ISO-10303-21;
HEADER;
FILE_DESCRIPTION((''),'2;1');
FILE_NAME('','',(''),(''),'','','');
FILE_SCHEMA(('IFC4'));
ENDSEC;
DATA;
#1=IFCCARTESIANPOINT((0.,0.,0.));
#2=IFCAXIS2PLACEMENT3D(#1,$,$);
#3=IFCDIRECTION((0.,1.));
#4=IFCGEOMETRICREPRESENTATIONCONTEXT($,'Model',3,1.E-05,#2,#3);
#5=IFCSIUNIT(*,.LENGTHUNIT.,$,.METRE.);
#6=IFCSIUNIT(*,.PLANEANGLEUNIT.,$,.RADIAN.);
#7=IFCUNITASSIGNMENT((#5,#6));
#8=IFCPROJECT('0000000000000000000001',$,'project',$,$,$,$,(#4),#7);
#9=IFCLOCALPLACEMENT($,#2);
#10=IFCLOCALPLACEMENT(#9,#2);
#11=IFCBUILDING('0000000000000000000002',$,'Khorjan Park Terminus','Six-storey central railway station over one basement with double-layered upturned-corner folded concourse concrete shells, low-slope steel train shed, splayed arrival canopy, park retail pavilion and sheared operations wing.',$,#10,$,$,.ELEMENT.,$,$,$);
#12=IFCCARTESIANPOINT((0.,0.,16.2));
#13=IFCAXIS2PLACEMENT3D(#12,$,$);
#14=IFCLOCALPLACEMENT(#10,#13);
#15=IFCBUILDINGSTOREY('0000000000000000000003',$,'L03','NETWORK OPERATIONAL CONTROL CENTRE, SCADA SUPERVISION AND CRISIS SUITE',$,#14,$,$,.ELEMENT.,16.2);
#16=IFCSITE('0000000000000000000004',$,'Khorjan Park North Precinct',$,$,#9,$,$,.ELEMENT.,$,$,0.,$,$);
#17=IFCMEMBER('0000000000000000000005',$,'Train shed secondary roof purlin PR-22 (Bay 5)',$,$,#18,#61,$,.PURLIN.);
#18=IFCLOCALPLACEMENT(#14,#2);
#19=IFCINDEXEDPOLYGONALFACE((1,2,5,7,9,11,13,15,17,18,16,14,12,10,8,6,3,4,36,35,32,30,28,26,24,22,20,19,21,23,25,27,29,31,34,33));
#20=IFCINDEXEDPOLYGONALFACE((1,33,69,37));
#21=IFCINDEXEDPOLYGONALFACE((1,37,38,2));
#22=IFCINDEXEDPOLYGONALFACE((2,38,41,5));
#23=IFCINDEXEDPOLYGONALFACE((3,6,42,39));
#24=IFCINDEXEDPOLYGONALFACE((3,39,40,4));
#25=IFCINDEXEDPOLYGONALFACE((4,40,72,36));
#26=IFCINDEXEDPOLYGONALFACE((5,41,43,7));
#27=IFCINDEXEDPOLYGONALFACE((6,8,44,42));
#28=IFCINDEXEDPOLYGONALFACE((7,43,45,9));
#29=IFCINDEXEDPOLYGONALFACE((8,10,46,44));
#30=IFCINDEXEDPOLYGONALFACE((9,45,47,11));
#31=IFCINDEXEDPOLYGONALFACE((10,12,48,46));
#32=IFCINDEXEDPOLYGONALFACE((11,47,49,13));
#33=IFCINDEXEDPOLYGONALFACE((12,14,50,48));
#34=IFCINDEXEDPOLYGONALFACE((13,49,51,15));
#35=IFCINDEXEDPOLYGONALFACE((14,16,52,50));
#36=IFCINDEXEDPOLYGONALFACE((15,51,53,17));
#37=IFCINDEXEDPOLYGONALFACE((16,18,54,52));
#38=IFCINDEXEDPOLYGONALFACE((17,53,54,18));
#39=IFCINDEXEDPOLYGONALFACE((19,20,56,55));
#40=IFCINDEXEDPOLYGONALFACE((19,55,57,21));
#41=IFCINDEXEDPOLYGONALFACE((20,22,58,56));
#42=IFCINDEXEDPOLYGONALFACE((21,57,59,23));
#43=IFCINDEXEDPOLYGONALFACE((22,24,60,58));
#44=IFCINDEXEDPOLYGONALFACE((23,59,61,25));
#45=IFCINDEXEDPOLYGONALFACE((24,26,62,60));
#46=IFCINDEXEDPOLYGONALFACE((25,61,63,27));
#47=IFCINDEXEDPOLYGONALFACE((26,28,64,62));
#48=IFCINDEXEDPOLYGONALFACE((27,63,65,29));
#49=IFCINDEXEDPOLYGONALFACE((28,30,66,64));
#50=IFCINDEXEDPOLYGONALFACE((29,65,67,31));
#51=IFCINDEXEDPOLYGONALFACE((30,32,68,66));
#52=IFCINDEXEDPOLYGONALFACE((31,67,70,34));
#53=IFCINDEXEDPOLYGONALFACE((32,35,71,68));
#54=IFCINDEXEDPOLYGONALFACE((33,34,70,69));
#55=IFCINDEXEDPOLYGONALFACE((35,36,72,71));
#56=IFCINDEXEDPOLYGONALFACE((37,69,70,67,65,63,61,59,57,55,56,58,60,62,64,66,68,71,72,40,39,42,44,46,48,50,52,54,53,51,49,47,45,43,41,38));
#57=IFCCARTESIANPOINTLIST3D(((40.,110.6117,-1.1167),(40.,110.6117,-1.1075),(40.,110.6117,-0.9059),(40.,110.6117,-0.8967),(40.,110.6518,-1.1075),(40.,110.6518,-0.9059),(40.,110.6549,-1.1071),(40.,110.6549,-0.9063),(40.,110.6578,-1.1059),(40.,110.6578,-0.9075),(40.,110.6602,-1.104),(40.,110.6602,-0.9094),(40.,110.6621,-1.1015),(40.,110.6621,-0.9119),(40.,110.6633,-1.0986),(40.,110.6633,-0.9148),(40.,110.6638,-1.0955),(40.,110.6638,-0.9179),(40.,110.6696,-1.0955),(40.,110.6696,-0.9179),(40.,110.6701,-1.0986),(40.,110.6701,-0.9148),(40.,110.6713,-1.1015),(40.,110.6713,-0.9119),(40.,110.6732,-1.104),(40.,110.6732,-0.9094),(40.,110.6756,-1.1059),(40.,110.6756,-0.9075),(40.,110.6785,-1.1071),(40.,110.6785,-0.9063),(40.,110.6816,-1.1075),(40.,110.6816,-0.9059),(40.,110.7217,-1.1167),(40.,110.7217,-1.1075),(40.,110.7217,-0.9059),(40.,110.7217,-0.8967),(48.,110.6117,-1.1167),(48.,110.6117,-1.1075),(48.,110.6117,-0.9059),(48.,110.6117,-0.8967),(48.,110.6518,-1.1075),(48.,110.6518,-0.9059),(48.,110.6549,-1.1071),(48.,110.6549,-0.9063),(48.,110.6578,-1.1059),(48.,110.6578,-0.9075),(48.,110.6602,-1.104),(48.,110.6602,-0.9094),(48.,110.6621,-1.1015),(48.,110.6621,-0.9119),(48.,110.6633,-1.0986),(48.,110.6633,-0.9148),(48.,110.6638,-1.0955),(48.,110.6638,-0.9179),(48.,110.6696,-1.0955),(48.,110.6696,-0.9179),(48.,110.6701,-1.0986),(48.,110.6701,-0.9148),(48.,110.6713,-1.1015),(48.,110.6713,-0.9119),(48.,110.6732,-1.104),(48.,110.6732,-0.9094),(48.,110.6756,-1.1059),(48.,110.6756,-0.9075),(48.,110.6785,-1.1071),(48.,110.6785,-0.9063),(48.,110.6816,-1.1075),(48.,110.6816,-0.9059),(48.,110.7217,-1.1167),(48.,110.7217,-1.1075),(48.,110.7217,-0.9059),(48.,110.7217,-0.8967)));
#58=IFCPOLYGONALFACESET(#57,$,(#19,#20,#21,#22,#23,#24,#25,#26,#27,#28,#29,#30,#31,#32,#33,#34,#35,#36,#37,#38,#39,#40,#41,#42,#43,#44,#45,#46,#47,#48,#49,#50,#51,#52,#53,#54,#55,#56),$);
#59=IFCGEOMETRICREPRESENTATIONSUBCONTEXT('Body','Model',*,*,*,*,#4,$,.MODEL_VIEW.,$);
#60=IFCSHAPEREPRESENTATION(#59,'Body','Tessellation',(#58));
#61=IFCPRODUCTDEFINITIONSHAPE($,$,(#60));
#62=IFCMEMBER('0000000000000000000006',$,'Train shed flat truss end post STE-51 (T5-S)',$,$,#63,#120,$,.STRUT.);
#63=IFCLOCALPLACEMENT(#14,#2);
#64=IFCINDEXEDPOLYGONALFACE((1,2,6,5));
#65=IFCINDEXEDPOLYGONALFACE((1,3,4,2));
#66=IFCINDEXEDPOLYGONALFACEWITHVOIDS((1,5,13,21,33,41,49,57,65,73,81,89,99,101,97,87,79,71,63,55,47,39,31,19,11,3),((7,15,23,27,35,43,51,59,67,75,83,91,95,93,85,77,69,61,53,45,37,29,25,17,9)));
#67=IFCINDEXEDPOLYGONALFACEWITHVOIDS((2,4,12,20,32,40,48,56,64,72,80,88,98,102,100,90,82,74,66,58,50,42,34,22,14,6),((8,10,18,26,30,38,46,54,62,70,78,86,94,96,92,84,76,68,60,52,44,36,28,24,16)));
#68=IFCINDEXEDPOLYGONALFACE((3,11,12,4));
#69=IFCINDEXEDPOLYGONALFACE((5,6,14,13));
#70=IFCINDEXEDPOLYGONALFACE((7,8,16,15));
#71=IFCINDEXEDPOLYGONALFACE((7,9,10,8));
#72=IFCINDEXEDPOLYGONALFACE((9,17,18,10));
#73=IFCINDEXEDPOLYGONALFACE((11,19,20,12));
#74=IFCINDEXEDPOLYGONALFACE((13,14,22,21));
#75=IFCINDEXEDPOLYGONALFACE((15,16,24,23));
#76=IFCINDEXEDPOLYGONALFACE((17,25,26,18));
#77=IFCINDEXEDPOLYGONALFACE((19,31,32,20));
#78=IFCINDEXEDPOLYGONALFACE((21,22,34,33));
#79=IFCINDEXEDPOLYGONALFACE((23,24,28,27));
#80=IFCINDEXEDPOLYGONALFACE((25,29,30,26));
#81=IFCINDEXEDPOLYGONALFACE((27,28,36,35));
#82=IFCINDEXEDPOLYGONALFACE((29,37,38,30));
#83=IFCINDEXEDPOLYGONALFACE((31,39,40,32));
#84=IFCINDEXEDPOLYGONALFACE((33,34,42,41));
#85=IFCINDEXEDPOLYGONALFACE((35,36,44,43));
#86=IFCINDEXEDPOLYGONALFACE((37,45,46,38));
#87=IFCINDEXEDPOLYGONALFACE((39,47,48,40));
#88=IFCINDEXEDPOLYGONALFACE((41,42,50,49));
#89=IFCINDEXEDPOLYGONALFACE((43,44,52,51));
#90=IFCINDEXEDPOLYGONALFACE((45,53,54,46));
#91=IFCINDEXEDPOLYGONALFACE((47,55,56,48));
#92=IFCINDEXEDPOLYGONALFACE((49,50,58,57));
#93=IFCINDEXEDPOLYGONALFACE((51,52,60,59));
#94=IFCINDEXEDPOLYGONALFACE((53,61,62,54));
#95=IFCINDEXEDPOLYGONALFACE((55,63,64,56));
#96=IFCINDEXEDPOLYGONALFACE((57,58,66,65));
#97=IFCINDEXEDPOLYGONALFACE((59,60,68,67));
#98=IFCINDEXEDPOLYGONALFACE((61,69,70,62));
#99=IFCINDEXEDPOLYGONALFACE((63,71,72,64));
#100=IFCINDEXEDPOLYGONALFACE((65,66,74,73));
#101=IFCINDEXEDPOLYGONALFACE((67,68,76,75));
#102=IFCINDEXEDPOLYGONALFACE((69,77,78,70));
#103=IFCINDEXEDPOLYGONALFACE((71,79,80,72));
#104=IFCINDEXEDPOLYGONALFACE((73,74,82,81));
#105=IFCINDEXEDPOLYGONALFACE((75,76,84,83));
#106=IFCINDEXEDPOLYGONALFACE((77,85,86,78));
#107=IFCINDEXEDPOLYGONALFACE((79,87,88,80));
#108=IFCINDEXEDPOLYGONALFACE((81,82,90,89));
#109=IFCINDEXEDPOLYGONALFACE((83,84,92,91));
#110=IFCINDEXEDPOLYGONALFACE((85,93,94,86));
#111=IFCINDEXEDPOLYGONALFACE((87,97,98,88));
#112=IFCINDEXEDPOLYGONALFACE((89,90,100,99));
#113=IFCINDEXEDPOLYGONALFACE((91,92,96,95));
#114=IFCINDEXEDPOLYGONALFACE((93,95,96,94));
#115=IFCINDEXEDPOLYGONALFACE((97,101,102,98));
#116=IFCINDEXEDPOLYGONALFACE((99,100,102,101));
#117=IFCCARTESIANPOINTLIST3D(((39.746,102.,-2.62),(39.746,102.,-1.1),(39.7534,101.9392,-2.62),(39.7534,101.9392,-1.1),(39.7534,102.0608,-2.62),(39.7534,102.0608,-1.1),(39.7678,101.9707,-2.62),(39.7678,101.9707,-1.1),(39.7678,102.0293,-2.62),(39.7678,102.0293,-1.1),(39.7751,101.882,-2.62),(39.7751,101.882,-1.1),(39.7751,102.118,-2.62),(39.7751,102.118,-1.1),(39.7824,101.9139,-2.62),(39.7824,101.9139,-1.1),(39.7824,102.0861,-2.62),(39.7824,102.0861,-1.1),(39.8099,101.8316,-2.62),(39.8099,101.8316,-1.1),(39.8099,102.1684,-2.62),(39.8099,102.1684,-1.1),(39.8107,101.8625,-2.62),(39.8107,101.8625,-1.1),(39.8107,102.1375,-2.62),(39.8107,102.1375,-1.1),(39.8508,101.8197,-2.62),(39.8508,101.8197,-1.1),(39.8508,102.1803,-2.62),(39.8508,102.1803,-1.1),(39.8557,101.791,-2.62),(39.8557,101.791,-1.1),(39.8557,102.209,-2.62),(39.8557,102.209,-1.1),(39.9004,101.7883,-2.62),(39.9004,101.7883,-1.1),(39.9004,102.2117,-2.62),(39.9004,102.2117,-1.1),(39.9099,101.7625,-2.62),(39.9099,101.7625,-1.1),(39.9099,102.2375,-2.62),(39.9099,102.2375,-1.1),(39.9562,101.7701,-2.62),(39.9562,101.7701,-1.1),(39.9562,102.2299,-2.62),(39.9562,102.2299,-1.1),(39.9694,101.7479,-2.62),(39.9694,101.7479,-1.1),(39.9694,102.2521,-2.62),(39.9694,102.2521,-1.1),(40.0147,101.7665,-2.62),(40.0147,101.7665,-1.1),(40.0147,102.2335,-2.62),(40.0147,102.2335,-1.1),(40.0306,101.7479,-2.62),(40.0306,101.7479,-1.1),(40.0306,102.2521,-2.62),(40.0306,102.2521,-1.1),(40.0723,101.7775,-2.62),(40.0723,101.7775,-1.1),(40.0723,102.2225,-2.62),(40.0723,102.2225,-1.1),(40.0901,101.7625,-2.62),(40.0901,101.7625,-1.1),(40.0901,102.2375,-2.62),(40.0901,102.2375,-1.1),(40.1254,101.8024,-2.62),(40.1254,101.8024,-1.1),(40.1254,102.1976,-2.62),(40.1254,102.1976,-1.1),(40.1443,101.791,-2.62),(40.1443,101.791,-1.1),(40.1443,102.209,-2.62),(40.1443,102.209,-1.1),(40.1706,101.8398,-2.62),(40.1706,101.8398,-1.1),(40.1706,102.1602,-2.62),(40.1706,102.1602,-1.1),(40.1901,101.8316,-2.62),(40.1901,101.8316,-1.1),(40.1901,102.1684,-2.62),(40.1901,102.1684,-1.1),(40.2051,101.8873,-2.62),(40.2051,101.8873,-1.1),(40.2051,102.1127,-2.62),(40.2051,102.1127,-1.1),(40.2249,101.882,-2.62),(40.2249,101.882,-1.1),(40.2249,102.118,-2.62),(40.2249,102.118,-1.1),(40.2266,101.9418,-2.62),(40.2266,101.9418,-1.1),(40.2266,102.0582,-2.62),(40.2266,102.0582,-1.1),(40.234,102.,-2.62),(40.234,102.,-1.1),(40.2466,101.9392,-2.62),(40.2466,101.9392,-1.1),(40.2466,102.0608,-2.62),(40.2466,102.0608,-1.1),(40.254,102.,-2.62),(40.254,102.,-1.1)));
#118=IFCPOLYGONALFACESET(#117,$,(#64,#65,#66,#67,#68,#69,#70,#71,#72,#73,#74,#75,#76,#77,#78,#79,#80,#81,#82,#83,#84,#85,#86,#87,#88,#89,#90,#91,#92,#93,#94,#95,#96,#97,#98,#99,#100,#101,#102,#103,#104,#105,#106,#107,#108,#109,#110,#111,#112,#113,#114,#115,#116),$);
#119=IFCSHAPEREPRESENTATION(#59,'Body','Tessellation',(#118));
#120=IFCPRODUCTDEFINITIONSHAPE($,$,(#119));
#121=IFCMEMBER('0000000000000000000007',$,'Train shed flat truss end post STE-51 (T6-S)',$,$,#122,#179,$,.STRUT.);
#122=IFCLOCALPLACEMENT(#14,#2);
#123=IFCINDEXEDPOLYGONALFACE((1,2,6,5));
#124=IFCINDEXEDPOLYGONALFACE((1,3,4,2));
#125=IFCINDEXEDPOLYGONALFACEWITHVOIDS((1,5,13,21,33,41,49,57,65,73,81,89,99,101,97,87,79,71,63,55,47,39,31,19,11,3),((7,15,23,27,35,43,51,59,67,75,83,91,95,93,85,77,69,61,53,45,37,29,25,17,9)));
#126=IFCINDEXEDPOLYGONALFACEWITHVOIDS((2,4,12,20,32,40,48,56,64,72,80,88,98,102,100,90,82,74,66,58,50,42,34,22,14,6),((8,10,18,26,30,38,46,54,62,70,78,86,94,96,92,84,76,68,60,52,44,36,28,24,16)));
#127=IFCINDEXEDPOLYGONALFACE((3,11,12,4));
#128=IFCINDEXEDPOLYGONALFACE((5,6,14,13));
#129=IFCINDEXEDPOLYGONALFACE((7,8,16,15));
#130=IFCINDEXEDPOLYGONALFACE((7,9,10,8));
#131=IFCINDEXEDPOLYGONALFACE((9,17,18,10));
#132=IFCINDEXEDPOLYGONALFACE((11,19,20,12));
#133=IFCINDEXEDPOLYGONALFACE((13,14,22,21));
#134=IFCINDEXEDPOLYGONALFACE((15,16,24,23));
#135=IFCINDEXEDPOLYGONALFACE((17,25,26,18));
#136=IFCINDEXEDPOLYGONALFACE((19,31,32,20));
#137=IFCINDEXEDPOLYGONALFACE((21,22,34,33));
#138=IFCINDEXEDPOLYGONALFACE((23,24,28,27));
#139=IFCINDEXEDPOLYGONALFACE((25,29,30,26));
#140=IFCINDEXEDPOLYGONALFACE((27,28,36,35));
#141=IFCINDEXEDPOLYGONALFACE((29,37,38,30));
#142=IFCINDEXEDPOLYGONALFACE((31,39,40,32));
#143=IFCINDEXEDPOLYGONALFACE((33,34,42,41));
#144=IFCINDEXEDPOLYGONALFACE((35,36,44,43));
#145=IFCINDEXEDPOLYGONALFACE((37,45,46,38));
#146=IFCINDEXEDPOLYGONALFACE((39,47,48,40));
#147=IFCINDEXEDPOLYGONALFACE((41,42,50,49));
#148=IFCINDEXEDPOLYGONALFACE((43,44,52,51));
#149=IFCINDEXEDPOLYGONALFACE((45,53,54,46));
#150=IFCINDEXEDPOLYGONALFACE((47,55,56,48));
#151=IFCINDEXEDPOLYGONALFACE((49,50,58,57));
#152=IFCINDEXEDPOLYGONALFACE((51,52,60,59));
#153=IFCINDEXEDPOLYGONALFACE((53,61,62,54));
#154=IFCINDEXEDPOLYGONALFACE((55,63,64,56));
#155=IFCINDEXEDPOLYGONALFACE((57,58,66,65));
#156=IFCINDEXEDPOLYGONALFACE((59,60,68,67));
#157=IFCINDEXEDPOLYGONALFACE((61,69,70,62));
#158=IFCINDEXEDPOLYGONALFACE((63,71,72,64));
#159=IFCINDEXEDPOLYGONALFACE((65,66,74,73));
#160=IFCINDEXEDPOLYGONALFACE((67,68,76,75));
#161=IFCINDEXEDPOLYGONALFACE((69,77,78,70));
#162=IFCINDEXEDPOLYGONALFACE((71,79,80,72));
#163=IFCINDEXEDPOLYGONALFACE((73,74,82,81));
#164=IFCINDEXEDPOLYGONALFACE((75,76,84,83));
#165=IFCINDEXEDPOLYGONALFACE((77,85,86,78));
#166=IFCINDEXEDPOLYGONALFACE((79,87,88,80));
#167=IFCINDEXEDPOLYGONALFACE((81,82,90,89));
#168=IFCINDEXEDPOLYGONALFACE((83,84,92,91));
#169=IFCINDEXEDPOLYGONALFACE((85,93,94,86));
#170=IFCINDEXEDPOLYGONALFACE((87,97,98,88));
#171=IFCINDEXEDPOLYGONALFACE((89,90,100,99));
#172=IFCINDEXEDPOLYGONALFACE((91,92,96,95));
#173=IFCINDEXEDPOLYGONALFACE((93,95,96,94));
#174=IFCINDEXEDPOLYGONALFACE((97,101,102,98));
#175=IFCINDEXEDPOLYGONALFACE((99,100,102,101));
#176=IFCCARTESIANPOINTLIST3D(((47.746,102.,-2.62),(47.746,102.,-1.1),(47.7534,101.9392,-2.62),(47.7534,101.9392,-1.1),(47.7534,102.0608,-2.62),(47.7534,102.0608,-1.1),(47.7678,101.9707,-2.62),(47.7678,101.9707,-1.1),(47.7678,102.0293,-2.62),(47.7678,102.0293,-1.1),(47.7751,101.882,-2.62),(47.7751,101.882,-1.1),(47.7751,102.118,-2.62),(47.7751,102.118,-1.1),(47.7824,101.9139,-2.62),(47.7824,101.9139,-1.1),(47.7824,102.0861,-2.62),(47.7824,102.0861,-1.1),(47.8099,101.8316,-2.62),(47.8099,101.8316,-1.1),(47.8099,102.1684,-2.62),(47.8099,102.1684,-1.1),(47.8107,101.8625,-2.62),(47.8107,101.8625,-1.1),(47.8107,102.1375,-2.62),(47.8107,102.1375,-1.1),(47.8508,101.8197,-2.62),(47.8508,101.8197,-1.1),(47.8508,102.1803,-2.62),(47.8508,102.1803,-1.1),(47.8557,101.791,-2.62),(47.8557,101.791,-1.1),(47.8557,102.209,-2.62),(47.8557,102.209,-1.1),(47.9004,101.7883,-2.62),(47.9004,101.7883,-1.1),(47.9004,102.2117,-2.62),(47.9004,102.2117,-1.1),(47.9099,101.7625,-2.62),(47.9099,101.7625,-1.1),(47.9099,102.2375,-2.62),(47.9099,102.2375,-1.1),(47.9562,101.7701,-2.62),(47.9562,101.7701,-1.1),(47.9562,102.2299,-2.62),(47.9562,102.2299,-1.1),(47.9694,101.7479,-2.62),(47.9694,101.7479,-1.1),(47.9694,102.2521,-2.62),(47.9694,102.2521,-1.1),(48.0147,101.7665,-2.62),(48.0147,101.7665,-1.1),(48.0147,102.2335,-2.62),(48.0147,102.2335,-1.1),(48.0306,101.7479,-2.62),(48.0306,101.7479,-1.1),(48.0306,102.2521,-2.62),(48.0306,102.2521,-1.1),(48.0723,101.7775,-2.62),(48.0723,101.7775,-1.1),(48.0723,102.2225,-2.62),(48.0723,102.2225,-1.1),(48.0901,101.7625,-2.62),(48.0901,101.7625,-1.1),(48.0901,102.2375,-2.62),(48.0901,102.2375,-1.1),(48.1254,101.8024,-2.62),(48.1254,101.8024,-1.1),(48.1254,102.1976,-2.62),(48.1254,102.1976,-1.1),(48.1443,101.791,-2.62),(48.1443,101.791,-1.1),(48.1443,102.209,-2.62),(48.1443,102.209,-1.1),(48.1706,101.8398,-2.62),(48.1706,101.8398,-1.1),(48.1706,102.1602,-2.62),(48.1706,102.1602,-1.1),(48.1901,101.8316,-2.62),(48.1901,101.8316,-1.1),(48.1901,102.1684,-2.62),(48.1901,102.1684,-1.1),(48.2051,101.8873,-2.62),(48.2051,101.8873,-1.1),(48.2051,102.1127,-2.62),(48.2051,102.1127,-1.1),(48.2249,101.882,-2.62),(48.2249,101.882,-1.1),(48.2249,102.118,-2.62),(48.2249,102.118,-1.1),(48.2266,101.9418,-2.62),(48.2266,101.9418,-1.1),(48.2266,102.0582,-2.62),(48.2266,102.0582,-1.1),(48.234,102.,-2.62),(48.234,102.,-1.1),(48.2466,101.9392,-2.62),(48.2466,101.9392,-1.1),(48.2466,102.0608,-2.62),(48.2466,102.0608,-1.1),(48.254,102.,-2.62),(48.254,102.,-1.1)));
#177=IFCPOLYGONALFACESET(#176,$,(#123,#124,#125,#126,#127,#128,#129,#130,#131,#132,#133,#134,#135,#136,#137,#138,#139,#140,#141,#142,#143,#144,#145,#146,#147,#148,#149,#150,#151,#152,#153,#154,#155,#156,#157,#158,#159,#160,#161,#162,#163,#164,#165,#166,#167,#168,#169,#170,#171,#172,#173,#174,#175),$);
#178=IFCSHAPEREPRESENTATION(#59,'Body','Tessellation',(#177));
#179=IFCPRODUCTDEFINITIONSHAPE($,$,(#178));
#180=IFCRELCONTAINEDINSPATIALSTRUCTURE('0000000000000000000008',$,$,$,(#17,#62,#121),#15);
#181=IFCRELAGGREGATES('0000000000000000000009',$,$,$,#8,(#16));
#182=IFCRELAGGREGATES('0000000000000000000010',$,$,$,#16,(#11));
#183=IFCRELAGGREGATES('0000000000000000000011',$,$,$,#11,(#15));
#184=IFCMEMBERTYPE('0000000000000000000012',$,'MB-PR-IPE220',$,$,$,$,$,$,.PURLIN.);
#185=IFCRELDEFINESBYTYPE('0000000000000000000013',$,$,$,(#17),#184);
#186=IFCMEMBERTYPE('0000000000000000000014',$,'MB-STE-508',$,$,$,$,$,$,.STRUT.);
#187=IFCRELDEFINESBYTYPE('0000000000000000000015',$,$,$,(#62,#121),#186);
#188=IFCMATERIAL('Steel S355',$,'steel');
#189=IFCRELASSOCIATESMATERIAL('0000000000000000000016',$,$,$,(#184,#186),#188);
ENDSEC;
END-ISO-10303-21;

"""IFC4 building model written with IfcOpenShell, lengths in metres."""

from ifc_helpers import new_model, si_unit, direction, frame, origin, origin_2d, place, context, subcontext, project, spatial, hollow_circle, i_section, extrude, material, material_profile, profile_set, type_object, element, save


model = new_model("IFC4")

# Units and contexts
model_context = context("Model", 3, precision=1e-05, world=origin(), true_north=direction((0.0, 1.0)))
body_context = subcontext(model_context, "Body", "Model", "MODEL_VIEW")
ifc_project = project(units=[si_unit("LENGTHUNIT", "METRE"), si_unit("PLANEANGLEUNIT", "RADIAN")], contexts=[model_context])

# Site, building, storey
site_placement = place(None, origin())
site = spatial("IfcSite", under=ifc_project, at=site_placement, Name="Khorjan Park North Precinct", CompositionType="ELEMENT", RefElevation=0.0)
building_placement = place(site_placement, origin())
building = spatial("IfcBuilding", under=site, at=building_placement, Name="Khorjan Park Terminus", Description="Six-storey central railway station over one basement with double-layered upturned-corner folded concourse concrete shells, low-slope steel train shed, splayed arrival canopy, park retail pavilion and sheared operations wing.", CompositionType="ELEMENT")
storey_placement = place(building_placement, frame((0.0, 0.0, 16.2)))
storey = spatial("IfcBuildingStorey", under=building, at=storey_placement, Name="L03", Description="NETWORK OPERATIONAL CONTROL CENTRE, SCADA SUPERVISION AND CRISIS SUITE", CompositionType="ELEMENT", Elevation=16.2)

# Members
ifc_material_1 = material(Name="Steel S355", Category="steel")
ifc_material_profile_1 = material_profile(ifc_material_1, i_section(OverallWidth=0.11, OverallDepth=0.22, WebThickness=0.0059, FlangeThickness=0.0092, FilletRadius=0.012, at=origin_2d()), Name="IPE 220")
ifc_profile_set_1 = profile_set([ifc_material_profile_1], Name="Steel S355")
member_type_1 = type_object("IfcMemberType", Name="MB-PR-IPE220", PredefinedType="PURLIN", material=ifc_profile_set_1)
for number, where, z_axis, x_axis, name in (
    (1, (40.0, 110.6667, -1.0067), (1.0, 0.0, 0.0), (0.0, 1.0, 0.0), "Train shed secondary roof purlin PR-22 (Bay 5)"),
):
    element("IfcMember", number, at=place(storey_placement, frame(where, z_axis=z_axis, x_axis=x_axis)), inside=storey, type_object=member_type_1, Name=name, PredefinedType="PURLIN", context=body_context, shape_type="SweptSolid", body=[
        extrude(i_section(OverallWidth=0.11, OverallDepth=0.22, WebThickness=0.0059, FlangeThickness=0.0092, FilletRadius=0.012, at=origin_2d()), origin(), (0.0, 0.0, 1.0), 8.0),
    ])
ifc_material_profile_2 = material_profile(ifc_material_1, hollow_circle(Radius=0.254, WallThickness=0.02, at=origin_2d()), Name="CHS 508x20")
ifc_profile_set_2 = profile_set([ifc_material_profile_2], Name="Steel S355")
member_type_2 = type_object("IfcMemberType", Name="MB-STE-508", PredefinedType="STRUT", material=ifc_profile_set_2)
for number, where, z_axis, x_axis, name in (
    (2, (40.0, 102.0, -2.62), (0.0, 0.0, 1.0), (1.0, 0.0, 0.0), "Train shed flat truss end post STE-51 (T5-S)"),
    (3, (48.0, 102.0, -2.62), (0.0, 0.0, 1.0), (1.0, 0.0, 0.0), "Train shed flat truss end post STE-51 (T6-S)"),
):
    element("IfcMember", number, at=place(storey_placement, frame(where, z_axis=z_axis, x_axis=x_axis)), inside=storey, type_object=member_type_2, Name=name, PredefinedType="STRUT", context=body_context, shape_type="SweptSolid", body=[
        extrude(hollow_circle(Radius=0.254, WallThickness=0.02, at=origin_2d()), origin(), (0.0, 0.0, 1.0), 1.52),
    ])

save(model, "model.ifc")
